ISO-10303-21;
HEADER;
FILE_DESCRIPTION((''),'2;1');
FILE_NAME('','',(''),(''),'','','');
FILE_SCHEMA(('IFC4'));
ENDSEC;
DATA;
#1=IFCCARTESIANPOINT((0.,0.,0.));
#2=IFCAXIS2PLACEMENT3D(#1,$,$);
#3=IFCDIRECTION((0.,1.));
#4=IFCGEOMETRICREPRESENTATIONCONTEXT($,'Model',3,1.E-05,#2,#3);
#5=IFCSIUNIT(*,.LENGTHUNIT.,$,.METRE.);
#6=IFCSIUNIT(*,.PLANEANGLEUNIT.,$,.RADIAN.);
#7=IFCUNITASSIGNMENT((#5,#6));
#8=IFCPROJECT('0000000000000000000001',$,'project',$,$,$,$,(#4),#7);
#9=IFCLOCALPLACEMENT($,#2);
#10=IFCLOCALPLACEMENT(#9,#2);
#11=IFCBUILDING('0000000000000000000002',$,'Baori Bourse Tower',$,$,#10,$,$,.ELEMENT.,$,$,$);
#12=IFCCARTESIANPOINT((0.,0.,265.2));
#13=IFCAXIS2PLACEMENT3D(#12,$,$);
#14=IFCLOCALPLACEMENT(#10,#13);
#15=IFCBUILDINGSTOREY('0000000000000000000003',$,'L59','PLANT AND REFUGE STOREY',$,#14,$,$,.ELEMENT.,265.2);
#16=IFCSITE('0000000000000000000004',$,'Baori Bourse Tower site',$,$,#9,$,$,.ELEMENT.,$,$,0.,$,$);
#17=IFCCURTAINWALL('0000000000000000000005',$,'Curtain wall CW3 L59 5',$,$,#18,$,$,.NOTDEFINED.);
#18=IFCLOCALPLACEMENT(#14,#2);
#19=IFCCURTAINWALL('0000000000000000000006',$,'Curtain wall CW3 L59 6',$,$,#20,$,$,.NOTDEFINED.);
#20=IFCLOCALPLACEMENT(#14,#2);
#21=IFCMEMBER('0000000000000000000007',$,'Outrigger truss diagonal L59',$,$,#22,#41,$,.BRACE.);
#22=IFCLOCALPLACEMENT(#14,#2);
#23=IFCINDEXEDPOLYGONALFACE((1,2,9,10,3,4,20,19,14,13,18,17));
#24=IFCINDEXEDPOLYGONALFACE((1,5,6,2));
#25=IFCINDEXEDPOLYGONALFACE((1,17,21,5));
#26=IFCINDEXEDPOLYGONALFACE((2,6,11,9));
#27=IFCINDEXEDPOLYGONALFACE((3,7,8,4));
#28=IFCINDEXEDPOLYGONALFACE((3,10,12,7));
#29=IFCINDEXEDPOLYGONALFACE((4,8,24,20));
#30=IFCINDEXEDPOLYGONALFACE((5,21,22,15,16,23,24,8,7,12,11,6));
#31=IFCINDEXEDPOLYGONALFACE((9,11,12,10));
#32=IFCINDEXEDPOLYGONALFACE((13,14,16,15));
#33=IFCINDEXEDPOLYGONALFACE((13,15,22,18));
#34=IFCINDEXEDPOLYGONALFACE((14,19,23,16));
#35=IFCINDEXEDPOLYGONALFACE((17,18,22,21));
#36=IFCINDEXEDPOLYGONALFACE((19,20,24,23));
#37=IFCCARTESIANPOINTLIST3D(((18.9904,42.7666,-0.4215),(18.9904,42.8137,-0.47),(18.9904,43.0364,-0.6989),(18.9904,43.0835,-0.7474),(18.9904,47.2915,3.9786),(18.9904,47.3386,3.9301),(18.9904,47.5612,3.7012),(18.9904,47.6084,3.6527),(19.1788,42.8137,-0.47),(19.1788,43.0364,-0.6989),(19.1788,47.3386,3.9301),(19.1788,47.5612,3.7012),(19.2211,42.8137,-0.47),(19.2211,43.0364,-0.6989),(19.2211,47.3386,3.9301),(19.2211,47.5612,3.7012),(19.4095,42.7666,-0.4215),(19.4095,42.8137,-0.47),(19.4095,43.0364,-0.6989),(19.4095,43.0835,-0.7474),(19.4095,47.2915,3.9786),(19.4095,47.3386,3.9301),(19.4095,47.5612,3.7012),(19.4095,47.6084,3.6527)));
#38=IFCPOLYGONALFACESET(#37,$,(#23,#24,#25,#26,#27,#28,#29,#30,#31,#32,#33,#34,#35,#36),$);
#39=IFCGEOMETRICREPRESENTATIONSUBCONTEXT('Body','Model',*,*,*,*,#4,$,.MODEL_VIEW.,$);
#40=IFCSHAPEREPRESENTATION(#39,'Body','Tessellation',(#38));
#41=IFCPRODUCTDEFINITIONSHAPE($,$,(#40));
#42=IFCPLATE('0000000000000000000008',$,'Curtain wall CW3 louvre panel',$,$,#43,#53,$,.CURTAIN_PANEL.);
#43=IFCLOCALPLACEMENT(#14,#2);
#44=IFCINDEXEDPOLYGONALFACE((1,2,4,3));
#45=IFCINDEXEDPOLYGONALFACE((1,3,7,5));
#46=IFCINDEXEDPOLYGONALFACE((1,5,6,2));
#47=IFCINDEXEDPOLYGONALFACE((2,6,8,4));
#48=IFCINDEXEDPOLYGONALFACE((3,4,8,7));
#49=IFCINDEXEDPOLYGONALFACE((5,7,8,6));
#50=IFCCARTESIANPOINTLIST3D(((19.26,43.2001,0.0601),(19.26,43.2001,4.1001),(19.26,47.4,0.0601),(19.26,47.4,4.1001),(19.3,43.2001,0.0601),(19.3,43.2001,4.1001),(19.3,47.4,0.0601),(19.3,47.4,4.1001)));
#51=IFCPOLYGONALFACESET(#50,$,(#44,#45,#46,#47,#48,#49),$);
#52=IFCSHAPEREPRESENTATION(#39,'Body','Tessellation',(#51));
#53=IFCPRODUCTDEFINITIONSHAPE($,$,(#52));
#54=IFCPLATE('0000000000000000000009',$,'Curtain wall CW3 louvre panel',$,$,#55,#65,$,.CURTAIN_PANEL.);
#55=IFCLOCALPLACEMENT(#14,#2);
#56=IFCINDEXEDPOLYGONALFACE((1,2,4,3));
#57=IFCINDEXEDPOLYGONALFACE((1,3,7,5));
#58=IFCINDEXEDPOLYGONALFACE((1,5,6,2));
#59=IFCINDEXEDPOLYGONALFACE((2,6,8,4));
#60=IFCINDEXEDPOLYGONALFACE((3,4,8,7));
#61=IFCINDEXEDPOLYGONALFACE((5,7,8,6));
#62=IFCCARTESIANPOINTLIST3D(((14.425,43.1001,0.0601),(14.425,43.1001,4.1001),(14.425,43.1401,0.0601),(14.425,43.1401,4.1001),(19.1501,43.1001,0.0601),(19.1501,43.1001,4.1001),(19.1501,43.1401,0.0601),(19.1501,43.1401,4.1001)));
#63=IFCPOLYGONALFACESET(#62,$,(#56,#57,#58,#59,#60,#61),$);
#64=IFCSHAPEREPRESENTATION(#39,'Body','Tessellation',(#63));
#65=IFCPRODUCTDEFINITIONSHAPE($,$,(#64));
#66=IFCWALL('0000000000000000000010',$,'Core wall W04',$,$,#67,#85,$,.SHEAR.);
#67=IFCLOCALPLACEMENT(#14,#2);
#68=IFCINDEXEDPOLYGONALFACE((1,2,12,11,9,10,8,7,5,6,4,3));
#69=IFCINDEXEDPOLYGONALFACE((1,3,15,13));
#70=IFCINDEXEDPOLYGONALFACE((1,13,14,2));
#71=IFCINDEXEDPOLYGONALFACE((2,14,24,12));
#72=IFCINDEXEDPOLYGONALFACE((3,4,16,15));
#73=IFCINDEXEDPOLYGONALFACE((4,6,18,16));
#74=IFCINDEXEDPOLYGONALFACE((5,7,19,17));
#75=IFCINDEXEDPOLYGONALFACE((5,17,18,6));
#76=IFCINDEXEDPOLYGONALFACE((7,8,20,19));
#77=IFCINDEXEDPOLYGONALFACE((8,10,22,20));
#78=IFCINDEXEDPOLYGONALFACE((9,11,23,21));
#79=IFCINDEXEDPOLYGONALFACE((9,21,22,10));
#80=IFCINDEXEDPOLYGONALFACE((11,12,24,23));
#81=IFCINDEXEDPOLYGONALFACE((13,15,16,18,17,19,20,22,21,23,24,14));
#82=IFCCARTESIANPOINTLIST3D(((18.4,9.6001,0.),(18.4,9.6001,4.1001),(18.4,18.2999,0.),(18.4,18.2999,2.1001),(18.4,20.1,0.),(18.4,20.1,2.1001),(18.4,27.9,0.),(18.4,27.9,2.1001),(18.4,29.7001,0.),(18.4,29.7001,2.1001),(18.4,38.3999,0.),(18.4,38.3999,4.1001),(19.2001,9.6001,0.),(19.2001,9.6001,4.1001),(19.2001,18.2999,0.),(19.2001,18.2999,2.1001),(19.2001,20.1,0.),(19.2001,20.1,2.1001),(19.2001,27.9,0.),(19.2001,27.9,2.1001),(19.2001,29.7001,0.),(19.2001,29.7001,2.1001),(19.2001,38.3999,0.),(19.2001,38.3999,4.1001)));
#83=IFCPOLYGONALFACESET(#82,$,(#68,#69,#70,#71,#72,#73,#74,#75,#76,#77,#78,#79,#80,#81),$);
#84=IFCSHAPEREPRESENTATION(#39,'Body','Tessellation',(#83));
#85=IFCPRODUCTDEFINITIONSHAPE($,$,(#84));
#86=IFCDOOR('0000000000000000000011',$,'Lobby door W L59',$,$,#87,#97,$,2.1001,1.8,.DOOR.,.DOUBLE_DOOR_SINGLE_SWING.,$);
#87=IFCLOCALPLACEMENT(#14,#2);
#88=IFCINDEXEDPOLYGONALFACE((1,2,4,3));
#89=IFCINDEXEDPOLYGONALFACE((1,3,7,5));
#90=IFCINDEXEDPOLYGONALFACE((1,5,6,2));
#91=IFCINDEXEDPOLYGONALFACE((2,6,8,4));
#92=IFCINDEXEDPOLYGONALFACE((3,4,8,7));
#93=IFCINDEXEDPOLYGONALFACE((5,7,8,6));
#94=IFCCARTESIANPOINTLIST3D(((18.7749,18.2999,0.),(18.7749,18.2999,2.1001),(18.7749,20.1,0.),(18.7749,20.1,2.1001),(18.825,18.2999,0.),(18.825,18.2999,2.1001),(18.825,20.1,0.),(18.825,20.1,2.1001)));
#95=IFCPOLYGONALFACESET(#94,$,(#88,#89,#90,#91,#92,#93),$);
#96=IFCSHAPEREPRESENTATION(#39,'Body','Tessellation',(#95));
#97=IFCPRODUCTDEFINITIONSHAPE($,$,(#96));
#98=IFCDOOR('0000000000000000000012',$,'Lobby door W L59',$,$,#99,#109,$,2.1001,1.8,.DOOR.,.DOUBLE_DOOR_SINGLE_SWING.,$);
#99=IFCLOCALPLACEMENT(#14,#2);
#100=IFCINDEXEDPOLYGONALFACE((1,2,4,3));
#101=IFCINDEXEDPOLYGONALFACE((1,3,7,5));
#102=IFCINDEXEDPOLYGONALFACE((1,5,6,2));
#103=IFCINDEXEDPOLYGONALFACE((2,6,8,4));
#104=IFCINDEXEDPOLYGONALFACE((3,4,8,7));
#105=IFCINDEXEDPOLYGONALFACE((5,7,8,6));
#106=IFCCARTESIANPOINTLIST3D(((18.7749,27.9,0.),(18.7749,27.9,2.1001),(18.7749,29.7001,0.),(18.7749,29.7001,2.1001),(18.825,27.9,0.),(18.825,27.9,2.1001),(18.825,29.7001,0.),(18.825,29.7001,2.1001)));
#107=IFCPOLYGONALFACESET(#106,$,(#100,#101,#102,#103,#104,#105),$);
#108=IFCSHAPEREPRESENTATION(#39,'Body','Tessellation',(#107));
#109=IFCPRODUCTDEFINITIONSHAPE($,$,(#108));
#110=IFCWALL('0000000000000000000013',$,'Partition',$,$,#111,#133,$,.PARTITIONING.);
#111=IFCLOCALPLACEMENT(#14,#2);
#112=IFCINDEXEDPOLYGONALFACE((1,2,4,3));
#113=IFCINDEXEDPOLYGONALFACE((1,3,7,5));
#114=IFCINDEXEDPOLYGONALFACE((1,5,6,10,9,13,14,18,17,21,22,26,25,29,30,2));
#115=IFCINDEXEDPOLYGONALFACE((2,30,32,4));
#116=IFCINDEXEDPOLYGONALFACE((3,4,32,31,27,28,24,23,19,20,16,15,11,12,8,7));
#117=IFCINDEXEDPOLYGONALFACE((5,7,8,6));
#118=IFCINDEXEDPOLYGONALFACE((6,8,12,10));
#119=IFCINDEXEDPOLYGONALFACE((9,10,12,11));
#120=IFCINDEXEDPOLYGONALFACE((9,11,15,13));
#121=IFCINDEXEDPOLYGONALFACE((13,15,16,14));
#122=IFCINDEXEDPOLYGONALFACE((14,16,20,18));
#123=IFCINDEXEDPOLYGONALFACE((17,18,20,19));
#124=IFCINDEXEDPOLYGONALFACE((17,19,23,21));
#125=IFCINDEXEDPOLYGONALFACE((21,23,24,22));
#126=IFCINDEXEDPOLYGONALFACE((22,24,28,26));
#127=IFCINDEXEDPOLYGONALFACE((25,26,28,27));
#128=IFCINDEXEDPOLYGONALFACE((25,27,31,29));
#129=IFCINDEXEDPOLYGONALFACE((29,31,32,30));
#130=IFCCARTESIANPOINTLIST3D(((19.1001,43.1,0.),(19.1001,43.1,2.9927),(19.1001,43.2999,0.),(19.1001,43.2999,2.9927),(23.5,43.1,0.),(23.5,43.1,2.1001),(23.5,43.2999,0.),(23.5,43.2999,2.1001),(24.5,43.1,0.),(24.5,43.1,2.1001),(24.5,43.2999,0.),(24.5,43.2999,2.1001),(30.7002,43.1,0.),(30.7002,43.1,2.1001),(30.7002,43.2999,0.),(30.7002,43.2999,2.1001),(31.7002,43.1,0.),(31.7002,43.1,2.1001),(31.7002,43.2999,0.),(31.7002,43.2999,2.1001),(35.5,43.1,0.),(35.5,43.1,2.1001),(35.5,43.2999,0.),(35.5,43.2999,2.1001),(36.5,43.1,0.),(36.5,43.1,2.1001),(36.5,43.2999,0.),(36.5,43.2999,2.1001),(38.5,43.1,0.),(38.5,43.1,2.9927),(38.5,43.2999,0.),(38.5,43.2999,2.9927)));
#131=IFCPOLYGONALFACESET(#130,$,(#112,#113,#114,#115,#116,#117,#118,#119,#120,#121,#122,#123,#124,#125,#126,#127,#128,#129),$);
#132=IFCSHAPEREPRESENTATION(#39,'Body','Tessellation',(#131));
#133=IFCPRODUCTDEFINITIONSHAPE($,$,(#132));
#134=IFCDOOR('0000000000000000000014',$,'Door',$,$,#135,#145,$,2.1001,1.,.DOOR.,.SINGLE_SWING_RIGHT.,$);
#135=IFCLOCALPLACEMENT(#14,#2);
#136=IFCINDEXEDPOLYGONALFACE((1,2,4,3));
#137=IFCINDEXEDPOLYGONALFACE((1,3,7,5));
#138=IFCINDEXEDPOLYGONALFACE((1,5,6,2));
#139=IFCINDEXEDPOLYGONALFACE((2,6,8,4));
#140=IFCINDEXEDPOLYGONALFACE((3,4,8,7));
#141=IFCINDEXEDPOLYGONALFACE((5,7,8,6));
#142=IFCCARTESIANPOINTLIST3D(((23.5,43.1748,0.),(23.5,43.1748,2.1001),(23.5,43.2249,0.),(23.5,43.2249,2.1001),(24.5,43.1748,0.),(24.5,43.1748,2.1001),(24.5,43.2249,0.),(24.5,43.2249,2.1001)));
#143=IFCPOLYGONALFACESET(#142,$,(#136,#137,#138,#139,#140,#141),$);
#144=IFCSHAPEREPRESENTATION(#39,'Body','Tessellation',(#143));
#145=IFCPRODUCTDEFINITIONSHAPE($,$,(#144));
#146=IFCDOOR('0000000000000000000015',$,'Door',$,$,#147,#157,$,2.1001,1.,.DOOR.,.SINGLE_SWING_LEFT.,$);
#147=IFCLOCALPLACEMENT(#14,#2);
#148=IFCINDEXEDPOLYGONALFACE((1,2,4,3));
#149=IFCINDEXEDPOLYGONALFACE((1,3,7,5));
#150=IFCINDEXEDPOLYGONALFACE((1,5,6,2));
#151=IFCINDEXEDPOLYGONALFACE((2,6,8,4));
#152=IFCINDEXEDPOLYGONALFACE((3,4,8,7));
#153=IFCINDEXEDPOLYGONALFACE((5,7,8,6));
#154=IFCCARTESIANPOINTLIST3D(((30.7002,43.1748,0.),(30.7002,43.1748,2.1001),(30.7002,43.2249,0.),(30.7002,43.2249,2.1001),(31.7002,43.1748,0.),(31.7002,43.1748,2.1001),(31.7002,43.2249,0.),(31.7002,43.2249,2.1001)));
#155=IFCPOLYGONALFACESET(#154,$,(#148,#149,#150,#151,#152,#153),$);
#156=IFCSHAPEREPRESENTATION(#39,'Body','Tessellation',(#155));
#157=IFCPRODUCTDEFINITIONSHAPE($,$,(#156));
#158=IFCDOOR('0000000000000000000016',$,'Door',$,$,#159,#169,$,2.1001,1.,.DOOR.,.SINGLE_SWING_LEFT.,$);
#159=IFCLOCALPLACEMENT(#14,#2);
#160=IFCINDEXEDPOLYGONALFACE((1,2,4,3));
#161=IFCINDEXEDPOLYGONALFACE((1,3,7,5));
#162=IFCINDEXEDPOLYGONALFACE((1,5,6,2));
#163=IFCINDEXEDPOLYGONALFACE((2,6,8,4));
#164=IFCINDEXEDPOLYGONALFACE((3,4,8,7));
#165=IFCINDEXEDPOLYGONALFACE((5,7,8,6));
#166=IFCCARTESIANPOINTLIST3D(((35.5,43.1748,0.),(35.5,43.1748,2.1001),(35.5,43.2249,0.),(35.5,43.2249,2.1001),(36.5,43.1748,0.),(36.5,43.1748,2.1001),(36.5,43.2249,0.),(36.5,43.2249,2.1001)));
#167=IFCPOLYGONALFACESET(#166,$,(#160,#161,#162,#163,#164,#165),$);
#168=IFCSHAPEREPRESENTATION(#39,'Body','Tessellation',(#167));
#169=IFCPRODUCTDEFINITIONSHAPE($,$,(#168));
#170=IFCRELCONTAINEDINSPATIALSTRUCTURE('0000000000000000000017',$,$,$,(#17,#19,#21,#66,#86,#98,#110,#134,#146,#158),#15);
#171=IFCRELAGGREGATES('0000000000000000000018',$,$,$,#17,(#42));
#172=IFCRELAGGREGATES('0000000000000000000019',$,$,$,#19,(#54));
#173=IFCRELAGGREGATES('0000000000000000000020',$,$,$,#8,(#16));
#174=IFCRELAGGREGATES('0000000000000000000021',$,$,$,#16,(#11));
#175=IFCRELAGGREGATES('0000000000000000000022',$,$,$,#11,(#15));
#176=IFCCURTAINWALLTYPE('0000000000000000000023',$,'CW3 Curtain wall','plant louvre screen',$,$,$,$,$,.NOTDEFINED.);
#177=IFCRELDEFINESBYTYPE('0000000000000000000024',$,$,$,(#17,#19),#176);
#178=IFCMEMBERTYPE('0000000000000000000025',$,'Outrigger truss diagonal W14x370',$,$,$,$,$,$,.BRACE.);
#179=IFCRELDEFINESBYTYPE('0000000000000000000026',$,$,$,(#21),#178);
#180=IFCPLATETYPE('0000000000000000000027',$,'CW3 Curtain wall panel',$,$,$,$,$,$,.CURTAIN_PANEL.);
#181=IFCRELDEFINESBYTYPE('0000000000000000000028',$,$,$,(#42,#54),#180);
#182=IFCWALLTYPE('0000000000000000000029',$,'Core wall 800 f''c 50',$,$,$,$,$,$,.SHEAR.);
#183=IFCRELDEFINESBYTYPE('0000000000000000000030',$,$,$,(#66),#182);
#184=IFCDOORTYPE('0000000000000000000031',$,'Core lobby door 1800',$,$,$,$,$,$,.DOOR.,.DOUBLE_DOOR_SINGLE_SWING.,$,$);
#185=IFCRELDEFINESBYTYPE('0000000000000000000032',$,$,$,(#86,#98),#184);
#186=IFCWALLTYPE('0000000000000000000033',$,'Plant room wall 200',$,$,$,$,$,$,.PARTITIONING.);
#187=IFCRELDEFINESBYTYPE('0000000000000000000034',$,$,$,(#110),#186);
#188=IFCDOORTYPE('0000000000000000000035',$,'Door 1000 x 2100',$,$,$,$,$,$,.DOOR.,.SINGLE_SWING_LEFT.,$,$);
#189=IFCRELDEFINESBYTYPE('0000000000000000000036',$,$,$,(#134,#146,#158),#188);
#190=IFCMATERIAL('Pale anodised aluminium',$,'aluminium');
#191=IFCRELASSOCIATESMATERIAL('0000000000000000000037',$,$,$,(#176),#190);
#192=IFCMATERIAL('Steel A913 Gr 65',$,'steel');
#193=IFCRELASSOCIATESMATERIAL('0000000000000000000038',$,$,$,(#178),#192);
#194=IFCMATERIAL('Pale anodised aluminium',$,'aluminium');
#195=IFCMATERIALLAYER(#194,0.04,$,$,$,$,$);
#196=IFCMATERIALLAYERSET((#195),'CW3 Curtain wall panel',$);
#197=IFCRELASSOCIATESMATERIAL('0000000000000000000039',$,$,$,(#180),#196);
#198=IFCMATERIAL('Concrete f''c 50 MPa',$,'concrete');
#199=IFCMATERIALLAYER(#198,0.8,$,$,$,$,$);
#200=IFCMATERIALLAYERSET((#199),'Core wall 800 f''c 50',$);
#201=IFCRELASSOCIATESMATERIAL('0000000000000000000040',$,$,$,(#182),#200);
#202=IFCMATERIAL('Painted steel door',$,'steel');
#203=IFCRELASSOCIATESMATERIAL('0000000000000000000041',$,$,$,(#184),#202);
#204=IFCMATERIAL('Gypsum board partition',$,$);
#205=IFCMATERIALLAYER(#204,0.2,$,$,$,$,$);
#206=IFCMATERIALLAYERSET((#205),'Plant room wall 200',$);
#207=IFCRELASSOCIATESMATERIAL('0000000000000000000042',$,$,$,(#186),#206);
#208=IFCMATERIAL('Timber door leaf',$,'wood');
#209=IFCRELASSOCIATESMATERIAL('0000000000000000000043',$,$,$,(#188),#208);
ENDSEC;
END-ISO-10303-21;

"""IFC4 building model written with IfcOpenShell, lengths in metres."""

from ifc_helpers import new_model, si_unit, direction, frame, frame_2d, origin, origin_2d, place, context, subcontext, project, spatial, rectangle, i_section, extrude, material, layer, layer_set, material_profile, profile_set, type_object, element, fill, aggregate, save


model = new_model("IFC4")

# Units and contexts
model_context = context("Model", 3, precision=1e-05, world=origin(), true_north=direction((0.0, 1.0)))
body_context = subcontext(model_context, "Body", "Model", "MODEL_VIEW")
ifc_project = project(units=[si_unit("LENGTHUNIT", "METRE"), si_unit("PLANEANGLEUNIT", "RADIAN")], contexts=[model_context])

# Site, building, storey
site_placement = place(None, origin())
site = spatial("IfcSite", under=ifc_project, at=site_placement, Name="Baori Bourse Tower site", CompositionType="ELEMENT", RefElevation=0.0)
building_placement = place(site_placement, origin())
building = spatial("IfcBuilding", under=site, at=building_placement, Name="Baori Bourse Tower", CompositionType="ELEMENT")
storey_placement = place(building_placement, frame((0.0, 0.0, 265.2)))
storey = spatial("IfcBuildingStorey", under=building, at=storey_placement, Name="L59", Description="PLANT AND REFUGE STOREY", CompositionType="ELEMENT", Elevation=265.2)

# Curtain walls
ifc_material_1 = material(Name="Pale anodised aluminium", Category="aluminium")
curtain_wall_type = type_object("IfcCurtainWallType", Name="CW3 Curtain wall", Description="plant louvre screen", PredefinedType="NOTDEFINED", material=ifc_material_1)
curtain_wall_1_placement = place(storey_placement, origin())
curtain_wall_1 = element("IfcCurtainWall", 1, at=curtain_wall_1_placement, inside=storey, type_object=curtain_wall_type, Name="Curtain wall CW3 L59 5", PredefinedType="NOTDEFINED")
curtain_wall_2_placement = place(storey_placement, origin())
curtain_wall_2 = element("IfcCurtainWall", 2, at=curtain_wall_2_placement, inside=storey, type_object=curtain_wall_type, Name="Curtain wall CW3 L59 6", PredefinedType="NOTDEFINED")

# Member
ifc_material_2 = material(Name="Steel A913 Gr 65", Category="steel")
ifc_material_profile_1 = material_profile(ifc_material_2, i_section(OverallWidth=0.4192, OverallDepth=0.4546, WebThickness=0.0422, FlangeThickness=0.0676, at=origin_2d()), Name="W14x370")
ifc_profile_set_1 = profile_set([ifc_material_profile_1], Name="Steel A913 Gr 65")
member_type_1 = type_object("IfcMemberType", Name="Outrigger truss diagonal W14x370", PredefinedType="BRACE", material=ifc_profile_set_1)
member_1_placement = place(storey_placement, frame((19.2, 42.925, -0.5845), z_axis=(0.0, 0.716921, 0.697155), x_axis=(-1.0, 0.0, 0.0)))
element("IfcMember", 3, at=member_1_placement, inside=storey, type_object=member_type_1, Name="Outrigger truss diagonal L59", PredefinedType="BRACE", context=body_context, shape_type="SweptSolid", body=[
    extrude(i_section(OverallWidth=0.4192, OverallDepth=0.4546, WebThickness=0.0422, FlangeThickness=0.0676, at=origin_2d()), origin(), (0.0, 0.0, 1.0), 6.3115),
])

# Plates
ifc_material_3 = material(Name="Pale anodised aluminium", Category="aluminium")
ifc_layer_1 = layer(ifc_material_3, 0.04)
ifc_layer_set_1 = layer_set([ifc_layer_1], Name="CW3 Curtain wall panel")
plate_type = type_object("IfcPlateType", Name="CW3 Curtain wall panel", PredefinedType="CURTAIN_PANEL", material=ifc_layer_set_1)
plate_1_placement = place(storey_placement, frame((19.28, 45.3, 0.0601), z_axis=(0.0, 0.0, 1.0), x_axis=(0.0, -1.0, 0.0)))
plate_1 = element("IfcPlate", 4, at=plate_1_placement, type_object=plate_type, Name="Curtain wall CW3 louvre panel", PredefinedType="CURTAIN_PANEL", context=body_context, shape_type="SweptSolid", body=[
    extrude(rectangle(XDim=4.2, YDim=0.04, at=origin_2d()), origin(), (0.0, 0.0, 1.0), 4.04),
])
aggregate(curtain_wall_1, [plate_1])
plate_2_placement = place(storey_placement, frame((16.7876, 43.1201, 0.0601), z_axis=(0.0, 0.0, 1.0), x_axis=(-1.0, 0.0, 0.0)))
plate_2 = element("IfcPlate", 5, at=plate_2_placement, type_object=plate_type, Name="Curtain wall CW3 louvre panel", PredefinedType="CURTAIN_PANEL", context=body_context, shape_type="SweptSolid", body=[
    extrude(rectangle(XDim=4.7251, YDim=0.04, at=origin_2d()), origin(), (0.0, 0.0, 1.0), 4.04),
])
aggregate(curtain_wall_2, [plate_2])

# Walls, openings, doors
ifc_material_4 = material(Name="Concrete f'c 50 MPa", Category="concrete")
ifc_layer_2 = layer(ifc_material_4, 0.8)
ifc_layer_set_2 = layer_set([ifc_layer_2], Name="Core wall 800 f'c 50")
wall_type_1 = type_object("IfcWallType", Name="Core wall 800 f'c 50", PredefinedType="SHEAR", material=ifc_layer_set_2)
wall_1_placement = place(storey_placement, frame((18.8, 38.3999, 0.0), z_axis=(0.0, 0.0, 1.0), x_axis=(0.0, -1.0, 0.0)))
wall_1 = element("IfcWall", 6, at=wall_1_placement, inside=storey, type_object=wall_type_1, Name="Core wall W04", PredefinedType="SHEAR", context=body_context, shape_type="SweptSolid", body=[
    extrude(rectangle(XDim=28.7998, YDim=0.8, at=frame_2d((14.3999, 0.0))), origin(), (0.0, 0.0, 1.0), 4.1001),
])
opening_1_placement = place(wall_1_placement, frame((18.3, 0.0, 0.0)))
opening_1 = element("IfcOpeningElement", 7, at=opening_1_placement, cuts=wall_1, PredefinedType="OPENING", context=body_context, shape_type="SweptSolid", body=[
    extrude(rectangle(XDim=1.8, YDim=2.1001, at=frame_2d((0.8999, 1.05))), frame((0.0, 0.4099, 0.0), z_axis=(0.0, -1.0, 0.0), x_axis=(1.0, 0.0, 0.0)), (0.0, 0.0, 1.0), 0.8201),
])
opening_2_placement = place(wall_1_placement, frame((8.7, 0.0, 0.0)))
opening_2 = element("IfcOpeningElement", 8, at=opening_2_placement, cuts=wall_1, PredefinedType="OPENING", context=body_context, shape_type="SweptSolid", body=[
    extrude(rectangle(XDim=1.8, YDim=2.1001, at=frame_2d((0.8999, 1.05))), frame((0.0, 0.4099, 0.0), z_axis=(0.0, -1.0, 0.0), x_axis=(1.0, 0.0, 0.0)), (0.0, 0.0, 1.0), 0.8201),
])
ifc_material_5 = material(Name="Painted steel door", Category="steel")
door_type_1 = type_object("IfcDoorType", Name="Core lobby door 1800", OperationType="DOUBLE_DOOR_SINGLE_SWING", PredefinedType="DOOR", material=ifc_material_5)
door_1_placement = place(opening_1_placement, origin())
door_1 = element("IfcDoor", 9, at=door_1_placement, inside=storey, type_object=door_type_1, Name="Lobby door W L59", OperationType="DOUBLE_DOOR_SINGLE_SWING", OverallHeight=2.1001, OverallWidth=1.8, PredefinedType="DOOR", context=body_context, shape_type="SweptSolid", body=[
    extrude(rectangle(XDim=1.8, YDim=2.1001, at=frame_2d((0.8999, 1.05))), frame((0.0, 0.0249, 0.0), z_axis=(0.0, -1.0, 0.0), x_axis=(1.0, 0.0, 0.0)), (0.0, 0.0, 1.0), 0.05),
])
fill(opening_1, door_1)
door_2_placement = place(opening_2_placement, origin())
door_2 = element("IfcDoor", 10, at=door_2_placement, inside=storey, type_object=door_type_1, Name="Lobby door W L59", OperationType="DOUBLE_DOOR_SINGLE_SWING", OverallHeight=2.1001, OverallWidth=1.8, PredefinedType="DOOR", context=body_context, shape_type="SweptSolid", body=[
    extrude(rectangle(XDim=1.8, YDim=2.1001, at=frame_2d((0.8999, 1.05))), frame((0.0, 0.0249, 0.0), z_axis=(0.0, -1.0, 0.0), x_axis=(1.0, 0.0, 0.0)), (0.0, 0.0, 1.0), 0.05),
])
fill(opening_2, door_2)
ifc_material_6 = material(Name="Gypsum board partition")
ifc_layer_3 = layer(ifc_material_6, 0.2)
ifc_layer_set_3 = layer_set([ifc_layer_3], Name="Plant room wall 200")
wall_type_2 = type_object("IfcWallType", Name="Plant room wall 200", PredefinedType="PARTITIONING", material=ifc_layer_set_3)
wall_2_placement = place(storey_placement, frame((19.1001, 43.2, 0.0), z_axis=(0.0, 0.0, 1.0), x_axis=(1.0, 0.0, 0.0)))
wall_2 = element("IfcWall", 11, at=wall_2_placement, inside=storey, type_object=wall_type_2, Name="Partition", PredefinedType="PARTITIONING", context=body_context, shape_type="SweptSolid", body=[
    extrude(rectangle(XDim=19.3999, YDim=0.2, at=frame_2d((9.7, 0.0))), origin(), (0.0, 0.0, 1.0), 2.9927),
])
opening_3_placement = place(wall_2_placement, frame((4.3999, 0.0, 0.0)))
opening_3 = element("IfcOpeningElement", 12, at=opening_3_placement, cuts=wall_2, PredefinedType="OPENING", context=body_context, shape_type="SweptSolid", body=[
    extrude(rectangle(XDim=1.0, YDim=2.1001, at=frame_2d((0.5, 1.05))), frame((0.0, 0.1099, 0.0), z_axis=(0.0, -1.0, 0.0), x_axis=(1.0, 0.0, 0.0)), (0.0, 0.0, 1.0), 0.22),
])
opening_4_placement = place(wall_2_placement, frame((11.6001, 0.0, 0.0)))
opening_4 = element("IfcOpeningElement", 13, at=opening_4_placement, cuts=wall_2, PredefinedType="OPENING", context=body_context, shape_type="SweptSolid", body=[
    extrude(rectangle(XDim=1.0, YDim=2.1001, at=frame_2d((0.5, 1.05))), frame((0.0, 0.1099, 0.0), z_axis=(0.0, -1.0, 0.0), x_axis=(1.0, 0.0, 0.0)), (0.0, 0.0, 1.0), 0.22),
])
opening_5_placement = place(wall_2_placement, frame((16.3999, 0.0, 0.0)))
opening_5 = element("IfcOpeningElement", 14, at=opening_5_placement, cuts=wall_2, PredefinedType="OPENING", context=body_context, shape_type="SweptSolid", body=[
    extrude(rectangle(XDim=1.0, YDim=2.1001, at=frame_2d((0.5, 1.05))), frame((0.0, 0.1099, 0.0), z_axis=(0.0, -1.0, 0.0), x_axis=(1.0, 0.0, 0.0)), (0.0, 0.0, 1.0), 0.22),
])
ifc_material_7 = material(Name="Timber door leaf", Category="wood")
door_type_2 = type_object("IfcDoorType", Name="Door 1000 x 2100", OperationType="SINGLE_SWING_LEFT", PredefinedType="DOOR", material=ifc_material_7)
door_3_placement = place(opening_3_placement, origin())
door_3 = element("IfcDoor", 15, at=door_3_placement, inside=storey, type_object=door_type_2, Name="Door", OperationType="SINGLE_SWING_RIGHT", OverallHeight=2.1001, OverallWidth=1.0, PredefinedType="DOOR", context=body_context, shape_type="SweptSolid", body=[
    extrude(rectangle(XDim=1.0, YDim=2.1001, at=frame_2d((0.5, 1.05))), frame((0.0, 0.0249, 0.0), z_axis=(0.0, -1.0, 0.0), x_axis=(1.0, 0.0, 0.0)), (0.0, 0.0, 1.0), 0.05),
])
fill(opening_3, door_3)
door_4_placement = place(opening_4_placement, origin())
door_4 = element("IfcDoor", 16, at=door_4_placement, inside=storey, type_object=door_type_2, Name="Door", OperationType="SINGLE_SWING_LEFT", OverallHeight=2.1001, OverallWidth=1.0, PredefinedType="DOOR", context=body_context, shape_type="SweptSolid", body=[
    extrude(rectangle(XDim=1.0, YDim=2.1001, at=frame_2d((0.5, 1.05))), frame((0.0, 0.0249, 0.0), z_axis=(0.0, -1.0, 0.0), x_axis=(1.0, 0.0, 0.0)), (0.0, 0.0, 1.0), 0.05),
])
fill(opening_4, door_4)
door_5_placement = place(opening_5_placement, origin())
door_5 = element("IfcDoor", 17, at=door_5_placement, inside=storey, type_object=door_type_2, Name="Door", OperationType="SINGLE_SWING_LEFT", OverallHeight=2.1001, OverallWidth=1.0, PredefinedType="DOOR", context=body_context, shape_type="SweptSolid", body=[
    extrude(rectangle(XDim=1.0, YDim=2.1001, at=frame_2d((0.5, 1.05))), frame((0.0, 0.0249, 0.0), z_axis=(0.0, -1.0, 0.0), x_axis=(1.0, 0.0, 0.0)), (0.0, 0.0, 1.0), 0.05),
])
fill(opening_5, door_5)

save(model, "model.ifc")
